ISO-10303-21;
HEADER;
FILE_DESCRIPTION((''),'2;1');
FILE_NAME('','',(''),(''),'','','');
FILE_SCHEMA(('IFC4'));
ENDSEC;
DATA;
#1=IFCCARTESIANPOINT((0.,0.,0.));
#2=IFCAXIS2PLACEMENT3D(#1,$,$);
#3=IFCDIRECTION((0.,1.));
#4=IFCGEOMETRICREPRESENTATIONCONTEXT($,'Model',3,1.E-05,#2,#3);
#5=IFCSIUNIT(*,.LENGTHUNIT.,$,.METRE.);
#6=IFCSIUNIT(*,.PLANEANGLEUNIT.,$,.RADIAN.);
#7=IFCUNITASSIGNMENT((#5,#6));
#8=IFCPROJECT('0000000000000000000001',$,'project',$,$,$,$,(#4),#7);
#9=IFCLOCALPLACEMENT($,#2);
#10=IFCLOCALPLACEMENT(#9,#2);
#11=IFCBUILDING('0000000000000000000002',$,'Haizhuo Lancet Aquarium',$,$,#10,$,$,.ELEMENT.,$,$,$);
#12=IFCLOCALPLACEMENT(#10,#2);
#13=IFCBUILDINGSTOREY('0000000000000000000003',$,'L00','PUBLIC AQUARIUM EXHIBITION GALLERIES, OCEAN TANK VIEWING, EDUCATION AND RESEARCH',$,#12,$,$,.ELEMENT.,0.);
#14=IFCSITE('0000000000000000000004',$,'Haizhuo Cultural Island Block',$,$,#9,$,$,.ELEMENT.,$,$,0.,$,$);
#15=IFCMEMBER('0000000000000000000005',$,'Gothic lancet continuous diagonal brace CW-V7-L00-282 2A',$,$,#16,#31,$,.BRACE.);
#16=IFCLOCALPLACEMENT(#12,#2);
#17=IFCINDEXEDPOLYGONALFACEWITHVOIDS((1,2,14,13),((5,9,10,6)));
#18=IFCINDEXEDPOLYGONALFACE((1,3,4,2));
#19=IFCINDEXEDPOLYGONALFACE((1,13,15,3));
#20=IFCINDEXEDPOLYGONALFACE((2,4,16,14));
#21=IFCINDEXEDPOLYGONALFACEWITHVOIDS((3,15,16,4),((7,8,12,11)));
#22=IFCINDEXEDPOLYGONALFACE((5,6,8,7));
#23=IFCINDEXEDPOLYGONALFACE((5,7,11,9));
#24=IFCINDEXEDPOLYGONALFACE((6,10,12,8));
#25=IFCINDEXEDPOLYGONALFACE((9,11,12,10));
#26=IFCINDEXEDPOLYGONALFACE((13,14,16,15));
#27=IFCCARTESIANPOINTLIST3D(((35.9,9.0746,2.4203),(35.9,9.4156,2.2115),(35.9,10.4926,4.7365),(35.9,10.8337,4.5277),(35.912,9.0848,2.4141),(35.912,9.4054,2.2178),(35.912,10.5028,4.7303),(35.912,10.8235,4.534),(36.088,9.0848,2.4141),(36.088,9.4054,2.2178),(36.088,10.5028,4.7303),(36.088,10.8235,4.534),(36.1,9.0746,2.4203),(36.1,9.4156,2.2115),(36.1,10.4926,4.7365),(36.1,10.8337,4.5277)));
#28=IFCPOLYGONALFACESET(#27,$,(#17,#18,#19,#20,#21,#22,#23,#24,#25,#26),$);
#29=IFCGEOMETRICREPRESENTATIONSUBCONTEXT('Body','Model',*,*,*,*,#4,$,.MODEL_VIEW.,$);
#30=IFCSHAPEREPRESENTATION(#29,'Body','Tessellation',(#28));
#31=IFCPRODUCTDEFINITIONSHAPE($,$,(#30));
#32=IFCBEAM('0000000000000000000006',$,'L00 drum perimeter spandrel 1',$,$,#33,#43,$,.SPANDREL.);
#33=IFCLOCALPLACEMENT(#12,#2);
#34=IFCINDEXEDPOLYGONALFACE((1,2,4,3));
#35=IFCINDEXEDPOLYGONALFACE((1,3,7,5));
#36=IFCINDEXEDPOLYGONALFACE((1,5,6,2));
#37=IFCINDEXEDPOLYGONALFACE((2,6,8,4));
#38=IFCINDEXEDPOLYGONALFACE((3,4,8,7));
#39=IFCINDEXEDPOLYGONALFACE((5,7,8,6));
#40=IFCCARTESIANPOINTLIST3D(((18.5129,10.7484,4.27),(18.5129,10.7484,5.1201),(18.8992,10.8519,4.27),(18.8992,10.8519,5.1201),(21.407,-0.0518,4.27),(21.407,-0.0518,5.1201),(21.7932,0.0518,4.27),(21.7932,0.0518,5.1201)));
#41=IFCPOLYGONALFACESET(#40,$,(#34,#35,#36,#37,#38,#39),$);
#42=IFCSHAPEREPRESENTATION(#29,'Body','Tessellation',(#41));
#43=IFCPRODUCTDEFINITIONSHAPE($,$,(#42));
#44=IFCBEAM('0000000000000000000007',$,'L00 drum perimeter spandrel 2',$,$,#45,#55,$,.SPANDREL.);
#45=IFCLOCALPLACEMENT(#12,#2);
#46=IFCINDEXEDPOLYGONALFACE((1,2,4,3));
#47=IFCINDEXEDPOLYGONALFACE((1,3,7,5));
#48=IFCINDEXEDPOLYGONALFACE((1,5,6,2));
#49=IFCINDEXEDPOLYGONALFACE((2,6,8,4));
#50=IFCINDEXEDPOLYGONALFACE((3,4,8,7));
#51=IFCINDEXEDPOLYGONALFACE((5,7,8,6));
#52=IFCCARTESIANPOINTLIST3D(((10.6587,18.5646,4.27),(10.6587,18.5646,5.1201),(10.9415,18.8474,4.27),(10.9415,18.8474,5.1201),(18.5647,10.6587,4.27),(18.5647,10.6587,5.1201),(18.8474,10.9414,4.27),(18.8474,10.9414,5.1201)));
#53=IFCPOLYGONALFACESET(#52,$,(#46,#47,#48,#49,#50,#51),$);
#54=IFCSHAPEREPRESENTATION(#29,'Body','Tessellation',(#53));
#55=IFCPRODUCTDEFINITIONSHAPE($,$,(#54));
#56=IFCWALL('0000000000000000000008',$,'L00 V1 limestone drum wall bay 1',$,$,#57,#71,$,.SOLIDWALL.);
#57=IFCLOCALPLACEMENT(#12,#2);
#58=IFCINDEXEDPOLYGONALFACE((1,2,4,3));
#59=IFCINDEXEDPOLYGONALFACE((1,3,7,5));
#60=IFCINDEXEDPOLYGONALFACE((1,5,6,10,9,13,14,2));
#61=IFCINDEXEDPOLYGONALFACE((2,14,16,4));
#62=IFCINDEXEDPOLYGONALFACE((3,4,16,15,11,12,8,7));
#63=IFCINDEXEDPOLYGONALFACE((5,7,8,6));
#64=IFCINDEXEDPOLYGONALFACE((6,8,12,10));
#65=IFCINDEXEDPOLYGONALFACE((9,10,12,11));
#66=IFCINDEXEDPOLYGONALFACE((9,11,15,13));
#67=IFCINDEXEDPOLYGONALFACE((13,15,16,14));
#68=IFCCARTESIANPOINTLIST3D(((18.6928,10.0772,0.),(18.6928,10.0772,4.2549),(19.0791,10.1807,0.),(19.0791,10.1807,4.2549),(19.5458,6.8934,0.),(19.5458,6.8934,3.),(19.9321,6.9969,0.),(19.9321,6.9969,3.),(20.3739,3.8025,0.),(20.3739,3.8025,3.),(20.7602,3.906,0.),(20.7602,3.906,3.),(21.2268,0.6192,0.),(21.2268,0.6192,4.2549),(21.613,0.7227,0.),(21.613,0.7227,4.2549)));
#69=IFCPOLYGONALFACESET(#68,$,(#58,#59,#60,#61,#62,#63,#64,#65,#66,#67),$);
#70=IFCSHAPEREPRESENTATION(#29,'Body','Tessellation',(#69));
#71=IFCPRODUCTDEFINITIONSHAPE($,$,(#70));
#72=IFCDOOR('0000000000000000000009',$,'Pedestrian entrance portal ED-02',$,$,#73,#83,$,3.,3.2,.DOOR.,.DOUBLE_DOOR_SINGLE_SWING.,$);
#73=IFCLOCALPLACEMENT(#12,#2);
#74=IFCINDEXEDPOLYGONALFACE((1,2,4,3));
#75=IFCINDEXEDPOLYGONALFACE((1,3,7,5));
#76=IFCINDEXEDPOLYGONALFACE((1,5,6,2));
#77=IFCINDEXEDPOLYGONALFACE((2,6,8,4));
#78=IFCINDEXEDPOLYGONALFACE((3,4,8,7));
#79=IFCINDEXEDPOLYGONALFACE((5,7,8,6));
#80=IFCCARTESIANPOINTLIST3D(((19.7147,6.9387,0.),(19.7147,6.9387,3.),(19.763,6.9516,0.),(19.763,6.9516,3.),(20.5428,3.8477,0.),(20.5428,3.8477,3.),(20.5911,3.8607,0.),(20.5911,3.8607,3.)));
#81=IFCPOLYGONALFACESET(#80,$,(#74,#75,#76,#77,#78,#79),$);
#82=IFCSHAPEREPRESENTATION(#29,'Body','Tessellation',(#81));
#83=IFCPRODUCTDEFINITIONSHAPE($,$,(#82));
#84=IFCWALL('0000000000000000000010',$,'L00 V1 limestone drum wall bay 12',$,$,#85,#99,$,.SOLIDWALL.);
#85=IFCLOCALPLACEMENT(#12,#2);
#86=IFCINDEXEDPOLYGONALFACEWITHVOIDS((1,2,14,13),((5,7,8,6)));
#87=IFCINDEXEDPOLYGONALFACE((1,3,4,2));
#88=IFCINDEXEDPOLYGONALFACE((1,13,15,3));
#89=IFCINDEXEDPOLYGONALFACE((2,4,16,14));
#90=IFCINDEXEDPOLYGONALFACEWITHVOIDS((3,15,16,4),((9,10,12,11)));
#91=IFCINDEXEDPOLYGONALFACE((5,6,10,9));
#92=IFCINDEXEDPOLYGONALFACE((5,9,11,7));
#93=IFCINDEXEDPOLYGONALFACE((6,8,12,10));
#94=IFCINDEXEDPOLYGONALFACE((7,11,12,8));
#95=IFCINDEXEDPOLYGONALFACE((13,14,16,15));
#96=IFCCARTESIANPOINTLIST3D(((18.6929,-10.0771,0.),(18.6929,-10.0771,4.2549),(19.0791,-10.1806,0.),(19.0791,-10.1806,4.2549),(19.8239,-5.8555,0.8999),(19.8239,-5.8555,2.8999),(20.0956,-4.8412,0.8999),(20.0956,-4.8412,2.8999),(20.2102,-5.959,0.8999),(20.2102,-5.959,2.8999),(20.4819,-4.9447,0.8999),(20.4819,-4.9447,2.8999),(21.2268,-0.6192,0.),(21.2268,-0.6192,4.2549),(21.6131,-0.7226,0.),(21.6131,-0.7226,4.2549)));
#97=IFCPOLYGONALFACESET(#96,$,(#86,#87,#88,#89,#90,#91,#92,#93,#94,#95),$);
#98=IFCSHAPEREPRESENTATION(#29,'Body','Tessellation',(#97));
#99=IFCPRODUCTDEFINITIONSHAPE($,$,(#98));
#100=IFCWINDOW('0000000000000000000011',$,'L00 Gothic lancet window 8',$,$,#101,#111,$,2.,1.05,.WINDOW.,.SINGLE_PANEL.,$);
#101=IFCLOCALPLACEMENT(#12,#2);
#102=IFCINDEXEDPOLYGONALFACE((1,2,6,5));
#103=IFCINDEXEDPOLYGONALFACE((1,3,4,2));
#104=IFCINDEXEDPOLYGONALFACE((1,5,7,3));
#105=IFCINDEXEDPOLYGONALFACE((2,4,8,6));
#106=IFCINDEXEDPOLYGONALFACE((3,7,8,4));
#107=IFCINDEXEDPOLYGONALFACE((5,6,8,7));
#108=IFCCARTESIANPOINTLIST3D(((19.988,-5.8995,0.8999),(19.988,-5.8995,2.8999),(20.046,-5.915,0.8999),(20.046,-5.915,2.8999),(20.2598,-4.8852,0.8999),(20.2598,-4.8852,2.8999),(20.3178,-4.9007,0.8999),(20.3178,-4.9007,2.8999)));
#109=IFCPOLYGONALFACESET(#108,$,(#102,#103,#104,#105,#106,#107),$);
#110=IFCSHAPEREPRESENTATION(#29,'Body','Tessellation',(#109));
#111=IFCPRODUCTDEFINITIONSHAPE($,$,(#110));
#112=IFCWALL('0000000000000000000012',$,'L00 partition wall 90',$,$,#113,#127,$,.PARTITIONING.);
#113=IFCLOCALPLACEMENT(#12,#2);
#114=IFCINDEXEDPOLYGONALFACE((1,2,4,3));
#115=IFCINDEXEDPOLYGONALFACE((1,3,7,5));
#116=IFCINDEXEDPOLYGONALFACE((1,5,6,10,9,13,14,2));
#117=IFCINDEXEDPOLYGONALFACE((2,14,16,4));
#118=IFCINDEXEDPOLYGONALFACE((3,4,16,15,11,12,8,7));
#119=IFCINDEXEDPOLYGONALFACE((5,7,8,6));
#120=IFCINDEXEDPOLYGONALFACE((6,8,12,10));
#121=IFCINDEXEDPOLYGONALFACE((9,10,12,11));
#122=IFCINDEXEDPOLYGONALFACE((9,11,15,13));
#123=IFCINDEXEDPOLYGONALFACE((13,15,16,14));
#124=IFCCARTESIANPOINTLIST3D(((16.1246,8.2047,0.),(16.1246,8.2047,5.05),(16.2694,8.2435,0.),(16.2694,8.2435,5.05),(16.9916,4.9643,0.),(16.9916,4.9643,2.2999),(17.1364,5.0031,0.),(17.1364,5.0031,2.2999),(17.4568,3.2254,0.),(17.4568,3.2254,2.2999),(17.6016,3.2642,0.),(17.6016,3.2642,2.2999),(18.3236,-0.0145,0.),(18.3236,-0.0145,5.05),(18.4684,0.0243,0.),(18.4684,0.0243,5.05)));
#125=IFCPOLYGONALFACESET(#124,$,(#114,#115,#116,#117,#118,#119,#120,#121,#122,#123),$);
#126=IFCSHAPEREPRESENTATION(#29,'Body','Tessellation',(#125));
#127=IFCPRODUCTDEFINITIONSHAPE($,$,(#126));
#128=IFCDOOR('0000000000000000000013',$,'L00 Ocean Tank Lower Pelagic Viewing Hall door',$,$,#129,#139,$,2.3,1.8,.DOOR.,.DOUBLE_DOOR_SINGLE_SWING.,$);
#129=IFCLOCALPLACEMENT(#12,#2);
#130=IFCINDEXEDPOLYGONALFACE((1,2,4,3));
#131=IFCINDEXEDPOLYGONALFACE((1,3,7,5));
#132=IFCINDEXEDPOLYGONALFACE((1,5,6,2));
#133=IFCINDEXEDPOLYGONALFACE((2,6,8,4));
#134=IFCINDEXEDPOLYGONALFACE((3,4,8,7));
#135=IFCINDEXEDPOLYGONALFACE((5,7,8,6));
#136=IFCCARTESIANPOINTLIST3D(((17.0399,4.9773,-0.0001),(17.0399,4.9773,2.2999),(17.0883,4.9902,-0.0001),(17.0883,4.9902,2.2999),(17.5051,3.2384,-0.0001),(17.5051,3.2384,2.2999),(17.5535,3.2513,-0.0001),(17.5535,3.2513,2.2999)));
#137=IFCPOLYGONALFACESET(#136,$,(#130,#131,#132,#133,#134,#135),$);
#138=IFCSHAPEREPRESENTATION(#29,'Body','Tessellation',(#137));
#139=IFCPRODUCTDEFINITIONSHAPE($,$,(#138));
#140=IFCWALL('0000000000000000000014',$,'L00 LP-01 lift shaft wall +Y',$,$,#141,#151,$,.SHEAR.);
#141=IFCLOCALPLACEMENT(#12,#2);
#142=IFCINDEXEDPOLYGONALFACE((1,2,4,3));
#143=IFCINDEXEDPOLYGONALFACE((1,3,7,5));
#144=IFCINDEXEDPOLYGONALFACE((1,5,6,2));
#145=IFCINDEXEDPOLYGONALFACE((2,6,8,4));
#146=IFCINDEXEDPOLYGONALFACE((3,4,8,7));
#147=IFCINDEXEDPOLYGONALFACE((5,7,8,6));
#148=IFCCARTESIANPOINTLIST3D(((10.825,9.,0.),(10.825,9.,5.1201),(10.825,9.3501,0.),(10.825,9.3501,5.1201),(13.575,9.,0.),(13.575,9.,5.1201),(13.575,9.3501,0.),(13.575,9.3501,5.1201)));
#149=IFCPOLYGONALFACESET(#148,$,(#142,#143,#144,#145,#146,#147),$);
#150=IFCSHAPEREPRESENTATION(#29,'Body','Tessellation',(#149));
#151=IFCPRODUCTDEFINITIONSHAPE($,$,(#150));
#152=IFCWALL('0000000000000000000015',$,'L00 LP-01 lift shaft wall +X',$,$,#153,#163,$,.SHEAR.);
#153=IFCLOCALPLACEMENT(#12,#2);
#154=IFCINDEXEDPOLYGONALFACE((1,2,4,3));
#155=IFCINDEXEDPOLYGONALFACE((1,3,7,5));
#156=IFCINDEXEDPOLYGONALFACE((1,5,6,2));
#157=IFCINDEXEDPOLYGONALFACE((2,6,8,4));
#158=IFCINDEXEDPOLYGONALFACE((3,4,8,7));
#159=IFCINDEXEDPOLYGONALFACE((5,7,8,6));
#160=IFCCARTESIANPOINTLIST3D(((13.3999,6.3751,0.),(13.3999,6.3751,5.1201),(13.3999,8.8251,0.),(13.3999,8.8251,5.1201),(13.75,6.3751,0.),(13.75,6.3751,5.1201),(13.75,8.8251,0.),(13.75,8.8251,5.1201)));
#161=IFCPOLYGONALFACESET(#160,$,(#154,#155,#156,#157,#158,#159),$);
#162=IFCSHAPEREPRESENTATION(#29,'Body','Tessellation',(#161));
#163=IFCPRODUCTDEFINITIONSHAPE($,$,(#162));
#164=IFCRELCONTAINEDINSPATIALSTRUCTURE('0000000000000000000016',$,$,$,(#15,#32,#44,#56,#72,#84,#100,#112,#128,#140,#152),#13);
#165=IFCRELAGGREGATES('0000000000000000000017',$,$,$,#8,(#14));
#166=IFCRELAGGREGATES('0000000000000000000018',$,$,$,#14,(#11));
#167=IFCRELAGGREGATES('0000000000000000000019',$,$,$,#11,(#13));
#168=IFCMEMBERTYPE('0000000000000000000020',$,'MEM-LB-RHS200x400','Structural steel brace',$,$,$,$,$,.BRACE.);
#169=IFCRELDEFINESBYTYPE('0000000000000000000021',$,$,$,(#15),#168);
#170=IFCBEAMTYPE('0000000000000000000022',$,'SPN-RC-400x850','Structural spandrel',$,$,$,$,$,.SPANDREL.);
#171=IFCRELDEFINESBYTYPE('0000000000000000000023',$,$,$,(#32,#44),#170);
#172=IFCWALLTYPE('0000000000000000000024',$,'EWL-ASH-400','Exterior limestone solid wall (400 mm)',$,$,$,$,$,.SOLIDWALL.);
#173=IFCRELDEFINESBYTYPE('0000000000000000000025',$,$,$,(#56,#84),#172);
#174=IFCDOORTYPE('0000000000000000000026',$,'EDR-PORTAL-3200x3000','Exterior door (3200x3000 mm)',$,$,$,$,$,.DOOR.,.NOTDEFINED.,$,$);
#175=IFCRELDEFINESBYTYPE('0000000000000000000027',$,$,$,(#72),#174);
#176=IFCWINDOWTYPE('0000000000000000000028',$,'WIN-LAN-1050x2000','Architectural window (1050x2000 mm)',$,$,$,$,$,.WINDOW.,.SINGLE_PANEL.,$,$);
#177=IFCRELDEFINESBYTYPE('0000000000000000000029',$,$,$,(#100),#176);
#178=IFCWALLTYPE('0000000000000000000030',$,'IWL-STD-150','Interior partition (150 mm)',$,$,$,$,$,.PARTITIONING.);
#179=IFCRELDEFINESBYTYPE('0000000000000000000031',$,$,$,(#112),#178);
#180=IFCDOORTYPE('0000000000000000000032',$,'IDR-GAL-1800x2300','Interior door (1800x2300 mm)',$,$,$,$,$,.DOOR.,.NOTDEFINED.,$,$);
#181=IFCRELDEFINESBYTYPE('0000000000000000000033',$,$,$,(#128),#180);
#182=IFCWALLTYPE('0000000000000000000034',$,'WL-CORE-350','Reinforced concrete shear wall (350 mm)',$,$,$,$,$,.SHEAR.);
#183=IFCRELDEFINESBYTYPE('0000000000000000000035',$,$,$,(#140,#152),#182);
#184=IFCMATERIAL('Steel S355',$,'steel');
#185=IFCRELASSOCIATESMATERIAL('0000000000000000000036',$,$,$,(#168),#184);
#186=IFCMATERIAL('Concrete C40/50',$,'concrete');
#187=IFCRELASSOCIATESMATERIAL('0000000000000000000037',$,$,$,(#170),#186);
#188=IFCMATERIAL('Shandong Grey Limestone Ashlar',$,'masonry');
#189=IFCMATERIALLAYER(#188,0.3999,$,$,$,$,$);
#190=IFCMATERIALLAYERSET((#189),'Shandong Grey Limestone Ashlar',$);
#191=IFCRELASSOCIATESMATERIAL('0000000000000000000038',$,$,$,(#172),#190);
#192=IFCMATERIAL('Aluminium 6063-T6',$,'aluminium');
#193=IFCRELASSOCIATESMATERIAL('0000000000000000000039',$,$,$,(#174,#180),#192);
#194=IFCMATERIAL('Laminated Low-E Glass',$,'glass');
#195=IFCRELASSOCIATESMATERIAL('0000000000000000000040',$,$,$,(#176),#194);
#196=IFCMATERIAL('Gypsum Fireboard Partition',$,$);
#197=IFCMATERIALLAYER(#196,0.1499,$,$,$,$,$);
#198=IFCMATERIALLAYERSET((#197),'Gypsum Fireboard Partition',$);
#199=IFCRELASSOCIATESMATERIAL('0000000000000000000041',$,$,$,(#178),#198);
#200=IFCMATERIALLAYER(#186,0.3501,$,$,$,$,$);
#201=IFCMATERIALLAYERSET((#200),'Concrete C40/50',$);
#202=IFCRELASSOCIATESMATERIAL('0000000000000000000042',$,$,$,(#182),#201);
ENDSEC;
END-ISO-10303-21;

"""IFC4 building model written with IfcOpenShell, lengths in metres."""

from ifc_helpers import new_model, si_unit, direction, frame, frame_2d, origin, origin_2d, place, context, subcontext, project, spatial, rectangle, hollow_rectangle, extrude, material, layer, layer_set, material_profile, profile_set, type_object, element, fill, save


model = new_model("IFC4")

# Units and contexts
model_context = context("Model", 3, precision=1e-05, world=origin(), true_north=direction((0.0, 1.0)))
body_context = subcontext(model_context, "Body", "Model", "MODEL_VIEW")
ifc_project = project(units=[si_unit("LENGTHUNIT", "METRE"), si_unit("PLANEANGLEUNIT", "RADIAN")], contexts=[model_context])

# Site, building, storey
site_placement = place(None, origin())
site = spatial("IfcSite", under=ifc_project, at=site_placement, Name="Haizhuo Cultural Island Block", CompositionType="ELEMENT", RefElevation=0.0)
building_placement = place(site_placement, origin())
building = spatial("IfcBuilding", under=site, at=building_placement, Name="Haizhuo Lancet Aquarium", CompositionType="ELEMENT")
storey_placement = place(building_placement, origin())
storey = spatial("IfcBuildingStorey", under=building, at=storey_placement, Name="L00", Description="PUBLIC AQUARIUM EXHIBITION GALLERIES, OCEAN TANK VIEWING, EDUCATION AND RESEARCH", CompositionType="ELEMENT", Elevation=0.0)

# Shared definitions
ifc_material_1 = material(Name="Steel S355", Category="steel")

# Shared definitions
ifc_material_2 = material(Name="Aluminium 6063-T6", Category="aluminium")

# Member
ifc_material_profile_1 = material_profile(ifc_material_1, hollow_rectangle(XDim=0.2, YDim=0.3999, WallThickness=0.012, at=origin_2d()), Name="RHS 200x400x12")
ifc_profile_set_1 = profile_set([ifc_material_profile_1], Name="Steel S355")
member_type_1 = type_object("IfcMemberType", Name="MEM-LB-RHS200x400", Description="Structural steel brace", PredefinedType="BRACE", material=ifc_profile_set_1)
member_1_placement = place(storey_placement, frame((36.0, 9.2451, 2.3159), z_axis=(0.0, 0.52213, 0.852866), x_axis=(-1.0, 0.0, 0.0)))
element("IfcMember", 1, at=member_1_placement, inside=storey, type_object=member_type_1, Name="Gothic lancet continuous diagonal brace CW-V7-L00-282 2A", PredefinedType="BRACE", context=body_context, shape_type="SweptSolid", body=[
    extrude(hollow_rectangle(XDim=0.2, YDim=0.3999, WallThickness=0.012, at=origin_2d()), origin(), (0.0, 0.0, 1.0), 2.7158),
])

# Beams
ifc_material_3 = material(Name="Concrete C40/50", Category="concrete")
ifc_material_profile_2 = material_profile(ifc_material_3, rectangle(XDim=0.3999, YDim=0.8501, at=origin_2d()), Name="RC-SP 400x850")
ifc_profile_set_2 = profile_set([ifc_material_profile_2], Name="Concrete C40/50")
beam_type_1 = type_object("IfcBeamType", Name="SPN-RC-400x850", Description="Structural spandrel", PredefinedType="SPANDREL", material=ifc_profile_set_2)
beam_1_placement = place(storey_placement, frame((21.6001, 0.0, 4.6951), z_axis=(-0.258834, 0.965922, 0.0), x_axis=(-0.965922, -0.258834, 0.0)))
element("IfcBeam", 2, at=beam_1_placement, inside=storey, type_object=beam_type_1, Name="L00 drum perimeter spandrel 1", PredefinedType="SPANDREL", context=body_context, shape_type="SweptSolid", body=[
    extrude(rectangle(XDim=0.3999, YDim=0.8501, at=origin_2d()), origin(), (0.0, 0.0, 1.0), 11.1812),
])
beam_2_placement = place(storey_placement, frame((18.7061, 10.8, 4.6951), z_axis=(-0.707107, 0.707107, 0.0), x_axis=(-0.707107, -0.707107, 0.0)))
element("IfcBeam", 3, at=beam_2_placement, inside=storey, type_object=beam_type_1, Name="L00 drum perimeter spandrel 2", PredefinedType="SPANDREL", context=body_context, shape_type="SweptSolid", body=[
    extrude(rectangle(XDim=0.3999, YDim=0.8501, at=origin_2d()), origin(), (0.0, 0.0, 1.0), 11.1807),
])

# Wall, opening, door
ifc_material_4 = material(Name="Shandong Grey Limestone Ashlar", Category="masonry")
ifc_layer_1 = layer(ifc_material_4, 0.3999)
ifc_layer_set_1 = layer_set([ifc_layer_1], Name="Shandong Grey Limestone Ashlar")
wall_type_1 = type_object("IfcWallType", Name="EWL-ASH-400", Description="Exterior limestone solid wall (400 mm)", PredefinedType="SOLIDWALL", material=ifc_layer_set_1)
wall_1_placement = place(storey_placement, frame((18.886, 10.1289, 0.0), z_axis=(0.0, 0.0, 1.0), x_axis=(0.258788, -0.965934, 0.0)))
wall_1 = element("IfcWall", 4, at=wall_1_placement, inside=storey, type_object=wall_type_1, Name="L00 V1 limestone drum wall bay 1", PredefinedType="SOLIDWALL", context=body_context, shape_type="SweptSolid", body=[
    extrude(rectangle(XDim=9.7915, YDim=0.3999, at=frame_2d((4.8958, 0.0))), origin(), (0.0, 0.0, 1.0), 4.2549),
])
opening_1_placement = place(wall_1_placement, frame((3.2959, 0.0, 0.0)))
opening_1 = element("IfcOpeningElement", 5, at=opening_1_placement, cuts=wall_1, PredefinedType="OPENING", context=body_context, shape_type="SweptSolid", body=[
    extrude(rectangle(XDim=3.2, YDim=3.0, at=frame_2d((1.6001, 1.5))), frame((0.0, 0.21, 0.0), z_axis=(0.0, -1.0, 0.0), x_axis=(1.0, 0.0, 0.0)), (0.0, 0.0, 1.0), 0.4199),
])
door_type_1 = type_object("IfcDoorType", Name="EDR-PORTAL-3200x3000", Description="Exterior door (3200x3000 mm)", OperationType="NOTDEFINED", PredefinedType="DOOR", material=ifc_material_2)
door_1_placement = place(opening_1_placement, origin())
door_1 = element("IfcDoor", 6, at=door_1_placement, inside=storey, type_object=door_type_1, Name="Pedestrian entrance portal ED-02", OperationType="DOUBLE_DOOR_SINGLE_SWING", OverallHeight=3.0, OverallWidth=3.2, PredefinedType="DOOR", context=body_context, shape_type="SweptSolid", body=[
    extrude(rectangle(XDim=3.2, YDim=3.0, at=frame_2d((1.6001, 1.5))), frame((0.0, 0.0249, 0.0), z_axis=(0.0, -1.0, 0.0), x_axis=(1.0, 0.0, 0.0)), (0.0, 0.0, 1.0), 0.05),
])
fill(opening_1, door_1)

# Wall, opening, window
wall_2_placement = place(storey_placement, frame((21.4199, -0.6709, 0.0), z_axis=(0.0, 0.0, 1.0), x_axis=(-0.258788, -0.965934, 0.0)))
wall_2 = element("IfcWall", 7, at=wall_2_placement, inside=storey, type_object=wall_type_1, Name="L00 V1 limestone drum wall bay 12", PredefinedType="SOLIDWALL", context=body_context, shape_type="SweptSolid", body=[
    extrude(rectangle(XDim=9.7915, YDim=0.3999, at=frame_2d((4.8958, 0.0))), origin(), (0.0, 0.0, 1.0), 4.2549),
])
opening_2_placement = place(wall_2_placement, frame((4.3711, 0.0, 0.8999)))
opening_2 = element("IfcOpeningElement", 8, at=opening_2_placement, cuts=wall_2, PredefinedType="OPENING", context=body_context, shape_type="SweptSolid", body=[
    extrude(rectangle(XDim=1.05, YDim=2.0, at=frame_2d((0.5249, 1.0))), frame((0.0, 0.21, 0.0), z_axis=(0.0, -1.0, 0.0), x_axis=(1.0, 0.0, 0.0)), (0.0, 0.0, 1.0), 0.4199),
])
ifc_material_5 = material(Name="Laminated Low-E Glass", Category="glass")
window_type = type_object("IfcWindowType", Name="WIN-LAN-1050x2000", Description="Architectural window (1050x2000 mm)", PartitioningType="SINGLE_PANEL", PredefinedType="WINDOW", material=ifc_material_5)
window_placement = place(opening_2_placement, origin())
window = element("IfcWindow", 9, at=window_placement, inside=storey, type_object=window_type, Name="L00 Gothic lancet window 8", OverallHeight=2.0, OverallWidth=1.05, PartitioningType="SINGLE_PANEL", PredefinedType="WINDOW", context=body_context, shape_type="SweptSolid", body=[
    extrude(rectangle(XDim=1.05, YDim=2.0, at=frame_2d((0.5249, 1.0))), frame((0.0, 0.03, 0.0), z_axis=(0.0, -1.0, 0.0), x_axis=(1.0, 0.0, 0.0)), (0.0, 0.0, 1.0), 0.0601),
])
fill(opening_2, window)

# Wall, opening, door
ifc_material_6 = material(Name="Gypsum Fireboard Partition")
ifc_layer_2 = layer(ifc_material_6, 0.1499)
ifc_layer_set_2 = layer_set([ifc_layer_2], Name="Gypsum Fireboard Partition")
wall_type_2 = type_object("IfcWallType", Name="IWL-STD-150", Description="Interior partition (150 mm)", PredefinedType="PARTITIONING", material=ifc_layer_set_2)
wall_3_placement = place(storey_placement, frame((18.396, 0.0049, 0.0), z_axis=(0.0, 0.0, 1.0), x_axis=(-0.25845, 0.966025, 0.0)))
wall_3 = element("IfcWall", 10, at=wall_3_placement, inside=storey, type_object=wall_type_2, Name="L00 partition wall 90", PredefinedType="PARTITIONING", context=body_context, shape_type="SweptSolid", body=[
    extrude(rectangle(XDim=8.5083, YDim=0.1499, at=frame_2d((4.2542, 0.0))), origin(), (0.0, 0.0, 1.0), 5.05),
])
opening_3_placement = place(wall_3_placement, frame((3.354, 0.0, 0.0)))
opening_3 = element("IfcOpeningElement", 11, at=opening_3_placement, cuts=wall_3, PredefinedType="OPENING", context=body_context, shape_type="SweptSolid", body=[
    extrude(rectangle(XDim=1.8, YDim=2.3, at=frame_2d((0.8999, 1.1499))), frame((0.0, 0.085, 0.0), z_axis=(0.0, -1.0, 0.0), x_axis=(1.0, 0.0, 0.0)), (0.0, 0.0, 1.0), 0.1699),
])
door_type_2 = type_object("IfcDoorType", Name="IDR-GAL-1800x2300", Description="Interior door (1800x2300 mm)", OperationType="NOTDEFINED", PredefinedType="DOOR", material=ifc_material_2)
door_2_placement = place(opening_3_placement, origin())
door_2 = element("IfcDoor", 12, at=door_2_placement, inside=storey, type_object=door_type_2, Name="L00 Ocean Tank Lower Pelagic Viewing Hall door", OperationType="DOUBLE_DOOR_SINGLE_SWING", OverallHeight=2.3, OverallWidth=1.8, PredefinedType="DOOR", context=body_context, shape_type="SweptSolid", body=[
    extrude(rectangle(XDim=1.8, YDim=2.3, at=frame_2d((0.8999, 1.1499))), frame((0.0, 0.0249, 0.0), z_axis=(0.0, -1.0, 0.0), x_axis=(1.0, 0.0, 0.0)), (0.0, 0.0, 1.0), 0.05),
])
fill(opening_3, door_2)

# Walls
ifc_layer_3 = layer(ifc_material_3, 0.3501)
ifc_layer_set_3 = layer_set([ifc_layer_3], Name="Concrete C40/50")
wall_type_3 = type_object("IfcWallType", Name="WL-CORE-350", Description="Reinforced concrete shear wall (350 mm)", PredefinedType="SHEAR", material=ifc_layer_set_3)
wall_4_placement = place(storey_placement, frame((13.575, 9.175, 0.0), z_axis=(0.0, 0.0, 1.0), x_axis=(-1.0, 0.0, 0.0)))
element("IfcWall", 13, at=wall_4_placement, inside=storey, type_object=wall_type_3, Name="L00 LP-01 lift shaft wall +Y", PredefinedType="SHEAR", context=body_context, shape_type="SweptSolid", body=[
    extrude(rectangle(XDim=2.75, YDim=0.3501, at=frame_2d((1.375, 0.0))), origin(), (0.0, 0.0, 1.0), 5.1201),
])
wall_5_placement = place(storey_placement, frame((13.575, 6.375, 0.0), z_axis=(0.0, 0.0, 1.0), x_axis=(0.0, 1.0, 0.0)))
element("IfcWall", 14, at=wall_5_placement, inside=storey, type_object=wall_type_3, Name="L00 LP-01 lift shaft wall +X", PredefinedType="SHEAR", context=body_context, shape_type="SweptSolid", body=[
    extrude(rectangle(XDim=2.45, YDim=0.3501, at=frame_2d((1.2251, 0.0))), origin(), (0.0, 0.0, 1.0), 5.1201),
])

save(model, "model.ifc")
